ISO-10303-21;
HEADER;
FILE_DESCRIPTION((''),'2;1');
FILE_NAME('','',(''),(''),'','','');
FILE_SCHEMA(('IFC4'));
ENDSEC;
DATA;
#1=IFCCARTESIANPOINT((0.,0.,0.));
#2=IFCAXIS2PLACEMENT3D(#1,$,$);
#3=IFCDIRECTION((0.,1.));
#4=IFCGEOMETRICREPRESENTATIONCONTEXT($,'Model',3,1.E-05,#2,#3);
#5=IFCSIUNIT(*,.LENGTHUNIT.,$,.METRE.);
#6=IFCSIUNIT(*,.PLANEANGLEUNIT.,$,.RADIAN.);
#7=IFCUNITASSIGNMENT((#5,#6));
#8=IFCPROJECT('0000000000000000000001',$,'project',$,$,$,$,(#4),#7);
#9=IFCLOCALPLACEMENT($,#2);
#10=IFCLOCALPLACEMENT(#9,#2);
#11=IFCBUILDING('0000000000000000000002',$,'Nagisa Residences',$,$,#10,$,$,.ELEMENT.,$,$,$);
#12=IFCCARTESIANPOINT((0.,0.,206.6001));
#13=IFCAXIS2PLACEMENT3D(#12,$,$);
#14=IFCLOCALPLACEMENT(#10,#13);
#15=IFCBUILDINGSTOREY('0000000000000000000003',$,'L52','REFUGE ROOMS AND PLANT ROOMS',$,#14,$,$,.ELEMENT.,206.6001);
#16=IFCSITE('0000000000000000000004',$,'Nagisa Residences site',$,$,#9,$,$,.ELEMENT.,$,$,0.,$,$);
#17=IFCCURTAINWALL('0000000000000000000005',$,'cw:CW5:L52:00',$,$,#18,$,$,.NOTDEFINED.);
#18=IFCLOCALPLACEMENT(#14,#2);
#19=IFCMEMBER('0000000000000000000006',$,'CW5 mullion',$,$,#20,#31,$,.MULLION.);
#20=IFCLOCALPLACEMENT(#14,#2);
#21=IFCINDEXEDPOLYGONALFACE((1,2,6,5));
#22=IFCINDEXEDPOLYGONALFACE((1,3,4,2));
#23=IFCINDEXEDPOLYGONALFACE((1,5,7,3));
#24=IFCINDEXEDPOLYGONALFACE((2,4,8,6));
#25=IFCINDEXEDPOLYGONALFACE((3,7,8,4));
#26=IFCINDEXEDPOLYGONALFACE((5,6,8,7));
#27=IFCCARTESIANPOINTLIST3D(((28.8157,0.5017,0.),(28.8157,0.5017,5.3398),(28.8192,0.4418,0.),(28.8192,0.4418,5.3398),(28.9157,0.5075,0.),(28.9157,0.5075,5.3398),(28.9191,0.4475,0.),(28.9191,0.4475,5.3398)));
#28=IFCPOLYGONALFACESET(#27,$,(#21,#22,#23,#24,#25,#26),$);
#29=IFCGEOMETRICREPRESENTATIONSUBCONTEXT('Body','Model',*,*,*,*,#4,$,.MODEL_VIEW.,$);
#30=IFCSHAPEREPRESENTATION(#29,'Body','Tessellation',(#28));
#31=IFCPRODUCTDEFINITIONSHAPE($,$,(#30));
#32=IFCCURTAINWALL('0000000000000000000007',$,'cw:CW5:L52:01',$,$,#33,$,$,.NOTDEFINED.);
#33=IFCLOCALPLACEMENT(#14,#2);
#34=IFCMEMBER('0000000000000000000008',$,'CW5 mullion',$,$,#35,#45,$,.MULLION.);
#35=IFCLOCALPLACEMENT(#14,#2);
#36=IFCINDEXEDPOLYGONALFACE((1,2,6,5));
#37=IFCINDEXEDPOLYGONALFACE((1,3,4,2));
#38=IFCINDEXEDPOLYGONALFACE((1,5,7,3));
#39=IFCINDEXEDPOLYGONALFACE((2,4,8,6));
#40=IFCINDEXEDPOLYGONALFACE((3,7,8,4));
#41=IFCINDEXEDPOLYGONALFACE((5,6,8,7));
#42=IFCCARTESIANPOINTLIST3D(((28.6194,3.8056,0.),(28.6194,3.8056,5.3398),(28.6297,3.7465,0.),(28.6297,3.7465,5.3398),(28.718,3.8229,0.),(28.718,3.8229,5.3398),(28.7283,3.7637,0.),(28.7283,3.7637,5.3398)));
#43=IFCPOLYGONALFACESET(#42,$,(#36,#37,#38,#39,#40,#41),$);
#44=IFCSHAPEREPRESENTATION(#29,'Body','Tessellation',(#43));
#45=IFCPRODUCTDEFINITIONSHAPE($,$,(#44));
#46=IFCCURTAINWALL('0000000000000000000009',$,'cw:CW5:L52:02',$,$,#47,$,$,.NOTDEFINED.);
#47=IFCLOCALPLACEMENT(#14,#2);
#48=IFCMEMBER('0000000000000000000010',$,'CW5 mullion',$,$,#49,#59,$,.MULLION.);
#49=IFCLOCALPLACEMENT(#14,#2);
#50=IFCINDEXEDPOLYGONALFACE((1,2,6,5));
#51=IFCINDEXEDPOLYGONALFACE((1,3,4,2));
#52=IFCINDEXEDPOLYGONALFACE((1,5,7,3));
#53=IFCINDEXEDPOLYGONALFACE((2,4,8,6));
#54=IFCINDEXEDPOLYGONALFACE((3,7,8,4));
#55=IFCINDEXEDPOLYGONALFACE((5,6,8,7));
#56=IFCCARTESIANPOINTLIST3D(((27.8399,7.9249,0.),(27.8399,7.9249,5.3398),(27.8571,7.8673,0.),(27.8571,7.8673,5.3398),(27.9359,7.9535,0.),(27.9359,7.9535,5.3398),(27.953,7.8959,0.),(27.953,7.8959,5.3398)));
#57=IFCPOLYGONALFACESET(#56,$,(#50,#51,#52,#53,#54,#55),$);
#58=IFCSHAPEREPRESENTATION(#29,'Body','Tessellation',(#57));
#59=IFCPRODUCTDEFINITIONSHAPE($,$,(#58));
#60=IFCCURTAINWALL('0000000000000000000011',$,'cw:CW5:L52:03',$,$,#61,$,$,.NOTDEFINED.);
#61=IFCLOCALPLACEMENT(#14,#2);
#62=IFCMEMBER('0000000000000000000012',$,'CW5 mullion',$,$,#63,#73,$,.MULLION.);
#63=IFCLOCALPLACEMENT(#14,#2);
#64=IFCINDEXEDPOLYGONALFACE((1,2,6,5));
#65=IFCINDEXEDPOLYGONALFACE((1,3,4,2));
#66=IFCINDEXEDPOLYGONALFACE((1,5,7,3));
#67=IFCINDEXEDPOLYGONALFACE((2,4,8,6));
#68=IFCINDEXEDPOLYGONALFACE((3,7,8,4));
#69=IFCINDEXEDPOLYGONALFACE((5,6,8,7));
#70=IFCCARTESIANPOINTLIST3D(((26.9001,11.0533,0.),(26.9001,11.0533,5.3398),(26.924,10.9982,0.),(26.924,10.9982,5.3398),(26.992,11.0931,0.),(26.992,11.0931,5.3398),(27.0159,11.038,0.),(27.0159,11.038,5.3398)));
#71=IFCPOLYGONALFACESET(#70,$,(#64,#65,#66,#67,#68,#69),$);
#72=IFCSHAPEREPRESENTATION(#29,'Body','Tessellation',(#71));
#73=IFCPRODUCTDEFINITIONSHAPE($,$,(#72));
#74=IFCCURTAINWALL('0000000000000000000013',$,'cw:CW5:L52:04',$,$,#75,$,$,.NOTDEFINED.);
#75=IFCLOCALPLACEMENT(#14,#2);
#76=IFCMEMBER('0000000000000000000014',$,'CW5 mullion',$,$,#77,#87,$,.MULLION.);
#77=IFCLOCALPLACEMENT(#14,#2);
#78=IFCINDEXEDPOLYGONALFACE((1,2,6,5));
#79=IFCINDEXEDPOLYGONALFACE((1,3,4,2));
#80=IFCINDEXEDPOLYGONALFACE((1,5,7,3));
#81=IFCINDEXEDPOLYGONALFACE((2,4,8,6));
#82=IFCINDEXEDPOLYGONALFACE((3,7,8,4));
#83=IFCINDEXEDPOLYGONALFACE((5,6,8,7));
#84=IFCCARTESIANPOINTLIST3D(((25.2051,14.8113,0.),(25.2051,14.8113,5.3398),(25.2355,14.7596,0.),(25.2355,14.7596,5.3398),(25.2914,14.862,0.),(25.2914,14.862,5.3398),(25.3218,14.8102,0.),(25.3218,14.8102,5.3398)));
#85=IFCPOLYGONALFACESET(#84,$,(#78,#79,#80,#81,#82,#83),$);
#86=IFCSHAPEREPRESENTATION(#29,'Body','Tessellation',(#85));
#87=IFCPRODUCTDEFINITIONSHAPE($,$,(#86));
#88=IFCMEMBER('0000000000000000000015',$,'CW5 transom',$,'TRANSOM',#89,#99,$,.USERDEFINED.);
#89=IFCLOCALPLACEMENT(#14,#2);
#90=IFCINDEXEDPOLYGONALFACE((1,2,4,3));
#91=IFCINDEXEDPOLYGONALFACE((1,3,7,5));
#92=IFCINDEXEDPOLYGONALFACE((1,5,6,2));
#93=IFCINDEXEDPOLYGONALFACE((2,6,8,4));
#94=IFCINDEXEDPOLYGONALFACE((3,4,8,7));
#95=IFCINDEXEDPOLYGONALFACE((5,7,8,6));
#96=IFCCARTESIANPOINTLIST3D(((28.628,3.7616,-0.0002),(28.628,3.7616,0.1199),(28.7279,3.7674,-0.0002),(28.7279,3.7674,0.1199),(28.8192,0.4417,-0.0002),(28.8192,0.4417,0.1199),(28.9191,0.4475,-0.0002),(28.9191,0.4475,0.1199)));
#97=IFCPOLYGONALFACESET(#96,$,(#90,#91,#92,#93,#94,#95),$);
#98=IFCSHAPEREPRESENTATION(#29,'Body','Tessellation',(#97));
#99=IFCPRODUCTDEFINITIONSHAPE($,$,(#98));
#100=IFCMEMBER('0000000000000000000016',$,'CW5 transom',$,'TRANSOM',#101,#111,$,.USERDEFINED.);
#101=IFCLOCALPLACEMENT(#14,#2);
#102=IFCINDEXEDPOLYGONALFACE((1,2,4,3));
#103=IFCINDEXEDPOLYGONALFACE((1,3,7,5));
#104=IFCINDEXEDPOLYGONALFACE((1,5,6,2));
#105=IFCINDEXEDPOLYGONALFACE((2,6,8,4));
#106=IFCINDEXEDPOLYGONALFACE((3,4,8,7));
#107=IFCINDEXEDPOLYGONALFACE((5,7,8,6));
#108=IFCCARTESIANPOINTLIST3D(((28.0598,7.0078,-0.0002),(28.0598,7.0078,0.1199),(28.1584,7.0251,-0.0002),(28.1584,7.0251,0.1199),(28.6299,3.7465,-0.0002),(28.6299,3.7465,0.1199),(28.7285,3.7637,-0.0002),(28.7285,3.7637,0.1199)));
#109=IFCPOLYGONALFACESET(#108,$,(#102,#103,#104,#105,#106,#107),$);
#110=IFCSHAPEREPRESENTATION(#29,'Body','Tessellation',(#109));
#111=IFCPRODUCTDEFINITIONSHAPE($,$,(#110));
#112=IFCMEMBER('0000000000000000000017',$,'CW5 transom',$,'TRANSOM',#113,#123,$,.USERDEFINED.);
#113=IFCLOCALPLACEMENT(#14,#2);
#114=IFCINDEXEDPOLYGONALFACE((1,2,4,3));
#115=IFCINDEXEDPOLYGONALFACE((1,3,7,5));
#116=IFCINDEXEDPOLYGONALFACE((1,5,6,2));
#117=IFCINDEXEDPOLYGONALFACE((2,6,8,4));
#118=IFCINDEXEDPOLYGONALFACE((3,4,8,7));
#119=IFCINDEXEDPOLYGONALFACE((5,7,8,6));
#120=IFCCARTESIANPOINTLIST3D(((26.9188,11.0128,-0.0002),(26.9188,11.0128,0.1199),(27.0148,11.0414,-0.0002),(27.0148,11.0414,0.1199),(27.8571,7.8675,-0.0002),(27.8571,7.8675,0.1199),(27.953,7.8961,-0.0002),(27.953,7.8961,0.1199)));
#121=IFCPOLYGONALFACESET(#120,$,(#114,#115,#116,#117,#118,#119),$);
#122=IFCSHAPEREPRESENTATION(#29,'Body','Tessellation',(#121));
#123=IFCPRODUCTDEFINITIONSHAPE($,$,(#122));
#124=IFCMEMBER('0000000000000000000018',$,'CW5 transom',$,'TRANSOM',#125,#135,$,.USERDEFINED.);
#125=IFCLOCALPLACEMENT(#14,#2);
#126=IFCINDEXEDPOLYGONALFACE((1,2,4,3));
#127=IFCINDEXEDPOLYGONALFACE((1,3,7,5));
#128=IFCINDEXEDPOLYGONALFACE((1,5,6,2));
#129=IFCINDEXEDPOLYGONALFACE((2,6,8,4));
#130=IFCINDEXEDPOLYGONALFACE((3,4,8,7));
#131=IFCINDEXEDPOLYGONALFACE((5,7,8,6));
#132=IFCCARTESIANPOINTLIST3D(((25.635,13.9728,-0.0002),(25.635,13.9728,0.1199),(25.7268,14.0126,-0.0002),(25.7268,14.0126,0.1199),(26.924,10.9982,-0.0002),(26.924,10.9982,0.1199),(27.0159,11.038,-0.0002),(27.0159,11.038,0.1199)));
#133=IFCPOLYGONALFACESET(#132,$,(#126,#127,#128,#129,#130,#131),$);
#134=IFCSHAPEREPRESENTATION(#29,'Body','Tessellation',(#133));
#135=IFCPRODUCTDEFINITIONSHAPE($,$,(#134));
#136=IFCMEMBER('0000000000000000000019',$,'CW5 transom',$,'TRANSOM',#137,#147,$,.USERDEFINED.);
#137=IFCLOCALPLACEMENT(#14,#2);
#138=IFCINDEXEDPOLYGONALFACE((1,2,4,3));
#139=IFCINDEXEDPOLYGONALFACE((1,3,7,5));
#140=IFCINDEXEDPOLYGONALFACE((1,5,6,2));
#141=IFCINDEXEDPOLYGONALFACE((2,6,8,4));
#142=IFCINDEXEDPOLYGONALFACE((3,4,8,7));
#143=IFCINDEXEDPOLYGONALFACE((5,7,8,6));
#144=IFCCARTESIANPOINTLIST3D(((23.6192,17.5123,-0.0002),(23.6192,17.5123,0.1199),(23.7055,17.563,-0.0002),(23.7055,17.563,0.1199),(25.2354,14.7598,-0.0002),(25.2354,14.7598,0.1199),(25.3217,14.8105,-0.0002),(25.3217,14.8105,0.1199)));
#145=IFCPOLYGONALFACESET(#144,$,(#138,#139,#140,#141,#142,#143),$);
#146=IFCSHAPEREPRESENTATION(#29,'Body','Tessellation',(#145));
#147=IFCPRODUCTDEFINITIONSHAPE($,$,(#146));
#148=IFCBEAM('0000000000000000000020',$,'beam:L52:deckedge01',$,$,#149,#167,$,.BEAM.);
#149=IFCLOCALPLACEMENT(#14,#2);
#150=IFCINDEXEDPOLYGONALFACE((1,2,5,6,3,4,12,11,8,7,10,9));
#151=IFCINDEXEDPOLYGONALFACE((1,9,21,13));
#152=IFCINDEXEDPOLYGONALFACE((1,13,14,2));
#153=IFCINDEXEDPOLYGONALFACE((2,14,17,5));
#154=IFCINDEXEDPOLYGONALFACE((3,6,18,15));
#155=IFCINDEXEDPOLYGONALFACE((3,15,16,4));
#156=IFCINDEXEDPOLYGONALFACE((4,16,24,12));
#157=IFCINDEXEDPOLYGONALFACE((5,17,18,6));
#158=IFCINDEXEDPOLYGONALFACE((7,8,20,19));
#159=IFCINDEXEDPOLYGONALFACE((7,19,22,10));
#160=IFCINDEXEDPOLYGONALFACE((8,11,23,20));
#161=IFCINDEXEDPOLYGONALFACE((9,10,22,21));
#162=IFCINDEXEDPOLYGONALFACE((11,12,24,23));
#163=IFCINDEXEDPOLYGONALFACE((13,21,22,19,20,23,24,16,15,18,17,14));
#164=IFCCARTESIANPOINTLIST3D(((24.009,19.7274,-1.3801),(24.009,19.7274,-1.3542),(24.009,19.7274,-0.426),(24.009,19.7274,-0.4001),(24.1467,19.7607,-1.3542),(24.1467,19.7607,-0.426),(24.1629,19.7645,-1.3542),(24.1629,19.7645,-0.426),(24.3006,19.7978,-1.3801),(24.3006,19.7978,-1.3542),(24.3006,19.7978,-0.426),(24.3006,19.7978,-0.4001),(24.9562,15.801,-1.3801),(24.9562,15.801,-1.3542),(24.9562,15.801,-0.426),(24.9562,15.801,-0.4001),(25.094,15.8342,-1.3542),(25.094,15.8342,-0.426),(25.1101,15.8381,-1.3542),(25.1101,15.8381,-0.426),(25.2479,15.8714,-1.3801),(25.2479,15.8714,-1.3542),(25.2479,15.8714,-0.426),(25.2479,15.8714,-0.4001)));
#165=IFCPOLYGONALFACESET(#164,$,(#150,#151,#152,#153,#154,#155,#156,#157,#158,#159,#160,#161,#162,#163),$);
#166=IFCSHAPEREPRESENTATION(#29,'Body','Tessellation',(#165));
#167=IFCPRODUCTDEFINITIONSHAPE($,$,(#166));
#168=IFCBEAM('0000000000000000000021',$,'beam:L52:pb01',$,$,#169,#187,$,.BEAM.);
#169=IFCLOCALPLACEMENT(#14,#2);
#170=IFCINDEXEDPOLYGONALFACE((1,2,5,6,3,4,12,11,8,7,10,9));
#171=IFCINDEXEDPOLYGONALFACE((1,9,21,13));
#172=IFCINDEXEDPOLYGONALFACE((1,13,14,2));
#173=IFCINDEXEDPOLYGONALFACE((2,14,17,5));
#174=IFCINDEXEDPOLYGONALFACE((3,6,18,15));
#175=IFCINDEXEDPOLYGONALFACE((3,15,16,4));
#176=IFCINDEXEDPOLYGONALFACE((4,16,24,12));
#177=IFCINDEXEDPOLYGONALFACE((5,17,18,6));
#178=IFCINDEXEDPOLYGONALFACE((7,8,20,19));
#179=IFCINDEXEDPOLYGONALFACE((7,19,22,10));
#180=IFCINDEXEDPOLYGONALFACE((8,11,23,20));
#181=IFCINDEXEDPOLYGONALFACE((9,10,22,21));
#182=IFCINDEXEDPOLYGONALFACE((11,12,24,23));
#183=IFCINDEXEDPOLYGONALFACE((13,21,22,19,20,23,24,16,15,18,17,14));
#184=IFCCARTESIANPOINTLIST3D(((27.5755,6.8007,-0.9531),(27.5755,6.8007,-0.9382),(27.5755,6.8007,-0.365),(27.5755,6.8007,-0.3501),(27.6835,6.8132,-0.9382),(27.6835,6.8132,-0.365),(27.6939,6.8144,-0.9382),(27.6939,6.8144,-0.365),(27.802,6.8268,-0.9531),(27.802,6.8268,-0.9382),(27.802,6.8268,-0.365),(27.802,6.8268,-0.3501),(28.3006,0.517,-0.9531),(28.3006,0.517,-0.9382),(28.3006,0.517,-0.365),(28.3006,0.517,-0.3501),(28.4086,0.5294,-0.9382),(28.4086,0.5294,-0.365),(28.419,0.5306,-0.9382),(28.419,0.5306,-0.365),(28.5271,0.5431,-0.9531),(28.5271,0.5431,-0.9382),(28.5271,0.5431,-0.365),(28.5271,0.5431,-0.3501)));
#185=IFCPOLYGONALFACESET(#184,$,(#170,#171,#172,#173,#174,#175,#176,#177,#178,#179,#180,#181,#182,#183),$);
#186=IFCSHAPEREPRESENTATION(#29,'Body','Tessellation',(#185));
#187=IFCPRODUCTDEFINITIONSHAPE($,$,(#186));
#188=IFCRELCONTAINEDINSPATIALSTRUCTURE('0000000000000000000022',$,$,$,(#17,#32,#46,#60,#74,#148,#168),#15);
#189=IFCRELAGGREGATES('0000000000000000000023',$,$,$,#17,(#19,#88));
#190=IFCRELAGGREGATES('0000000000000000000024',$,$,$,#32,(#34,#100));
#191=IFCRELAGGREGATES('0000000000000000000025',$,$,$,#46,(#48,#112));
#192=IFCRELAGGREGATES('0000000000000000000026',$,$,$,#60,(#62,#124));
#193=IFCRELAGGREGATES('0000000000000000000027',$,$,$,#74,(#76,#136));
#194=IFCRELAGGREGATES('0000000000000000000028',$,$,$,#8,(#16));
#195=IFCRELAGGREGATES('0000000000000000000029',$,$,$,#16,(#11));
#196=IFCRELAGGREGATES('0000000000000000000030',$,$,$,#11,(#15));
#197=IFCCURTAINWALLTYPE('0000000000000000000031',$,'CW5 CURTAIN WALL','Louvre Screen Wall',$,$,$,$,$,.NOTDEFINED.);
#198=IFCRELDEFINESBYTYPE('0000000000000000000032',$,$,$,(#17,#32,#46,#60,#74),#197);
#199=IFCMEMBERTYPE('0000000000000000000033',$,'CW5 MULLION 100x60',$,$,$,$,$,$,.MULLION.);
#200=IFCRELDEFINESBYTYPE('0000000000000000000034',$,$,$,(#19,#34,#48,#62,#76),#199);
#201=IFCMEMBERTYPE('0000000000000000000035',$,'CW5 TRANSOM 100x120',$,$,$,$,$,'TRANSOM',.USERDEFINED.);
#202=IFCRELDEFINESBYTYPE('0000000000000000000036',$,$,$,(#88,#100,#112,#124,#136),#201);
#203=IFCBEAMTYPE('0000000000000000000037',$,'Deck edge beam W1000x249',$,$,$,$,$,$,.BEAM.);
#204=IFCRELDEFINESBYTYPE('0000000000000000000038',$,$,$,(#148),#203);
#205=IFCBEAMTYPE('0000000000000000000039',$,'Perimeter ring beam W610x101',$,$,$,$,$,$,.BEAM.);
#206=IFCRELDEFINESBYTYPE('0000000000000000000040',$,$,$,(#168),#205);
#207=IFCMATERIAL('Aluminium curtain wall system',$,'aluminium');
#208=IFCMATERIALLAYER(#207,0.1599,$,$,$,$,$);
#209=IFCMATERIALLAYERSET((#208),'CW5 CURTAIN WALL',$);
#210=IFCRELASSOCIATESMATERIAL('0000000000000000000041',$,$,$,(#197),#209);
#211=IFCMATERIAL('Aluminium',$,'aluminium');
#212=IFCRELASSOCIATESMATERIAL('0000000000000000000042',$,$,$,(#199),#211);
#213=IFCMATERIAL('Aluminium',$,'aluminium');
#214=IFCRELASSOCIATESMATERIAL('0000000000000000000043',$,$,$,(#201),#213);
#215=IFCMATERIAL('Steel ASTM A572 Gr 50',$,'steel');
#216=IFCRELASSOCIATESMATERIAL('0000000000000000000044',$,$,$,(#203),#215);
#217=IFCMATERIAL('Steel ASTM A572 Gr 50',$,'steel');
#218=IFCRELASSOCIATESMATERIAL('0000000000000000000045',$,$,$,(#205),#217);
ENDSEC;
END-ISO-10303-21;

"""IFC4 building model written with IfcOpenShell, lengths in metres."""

from ifc_helpers import new_model, si_unit, direction, frame, origin, origin_2d, place, context, subcontext, project, spatial, rectangle, i_section, extrude, material, layer, layer_set, material_profile, profile_set, type_object, element, aggregate, save


model = new_model("IFC4")

# Units and contexts
model_context = context("Model", 3, precision=1e-05, world=origin(), true_north=direction((0.0, 1.0)))
body_context = subcontext(model_context, "Body", "Model", "MODEL_VIEW")
ifc_project = project(units=[si_unit("LENGTHUNIT", "METRE"), si_unit("PLANEANGLEUNIT", "RADIAN")], contexts=[model_context])

# Site, building, storey
site_placement = place(None, origin())
site = spatial("IfcSite", under=ifc_project, at=site_placement, Name="Nagisa Residences site", CompositionType="ELEMENT", RefElevation=0.0)
building_placement = place(site_placement, origin())
building = spatial("IfcBuilding", under=site, at=building_placement, Name="Nagisa Residences", CompositionType="ELEMENT")
storey_placement = place(building_placement, frame((0.0, 0.0, 206.6001)))
storey = spatial("IfcBuildingStorey", under=building, at=storey_placement, Name="L52", Description="REFUGE ROOMS AND PLANT ROOMS", CompositionType="ELEMENT", Elevation=206.6001)

# Curtain walls, members
ifc_material_1 = material(Name="Aluminium curtain wall system", Category="aluminium")
ifc_layer_1 = layer(ifc_material_1, 0.1599)
ifc_layer_set_1 = layer_set([ifc_layer_1], Name="CW5 CURTAIN WALL")
curtain_wall_type = type_object("IfcCurtainWallType", Name="CW5 CURTAIN WALL", Description="Louvre Screen Wall", PredefinedType="NOTDEFINED", material=ifc_layer_set_1)
curtain_wall_1_placement = place(storey_placement, origin())
curtain_wall_1 = element("IfcCurtainWall", 1, at=curtain_wall_1_placement, inside=storey, type_object=curtain_wall_type, Name="cw:CW5:L52:00", PredefinedType="NOTDEFINED")
ifc_material_2 = material(Name="Aluminium", Category="aluminium")
ifc_material_profile_1 = material_profile(ifc_material_2, rectangle(XDim=0.1001, YDim=0.0601, at=origin_2d()), Name="CW5 MULLION 100x60")
ifc_profile_set_1 = profile_set([ifc_material_profile_1], Name="Aluminium")
member_type_1 = type_object("IfcMemberType", Name="CW5 MULLION 100x60", PredefinedType="MULLION", material=ifc_profile_set_1)
member_1_placement = place(storey_placement, frame((28.8674, 0.4746, 0.0), z_axis=(0.0, 0.0, 1.0), x_axis=(-0.998345, -0.057503, 0.0)))
member_1 = element("IfcMember", 2, at=member_1_placement, type_object=member_type_1, Name="CW5 mullion", PredefinedType="MULLION", context=body_context, shape_type="SweptSolid", body=[
    extrude(rectangle(XDim=0.1001, YDim=0.0601, at=origin_2d()), origin(), (0.0, 0.0, 1.0), 5.3398),
])
curtain_wall_2_placement = place(storey_placement, origin())
curtain_wall_2 = element("IfcCurtainWall", 3, at=curtain_wall_2_placement, inside=storey, type_object=curtain_wall_type, Name="cw:CW5:L52:01", PredefinedType="NOTDEFINED")
member_2_placement = place(storey_placement, frame((28.6738, 3.7847, 0.0), z_axis=(0.0, 0.0, 1.0), x_axis=(-0.985064, -0.172191, 0.0)))
member_2 = element("IfcMember", 4, at=member_2_placement, type_object=member_type_1, Name="CW5 mullion", PredefinedType="MULLION", context=body_context, shape_type="SweptSolid", body=[
    extrude(rectangle(XDim=0.1001, YDim=0.0601, at=origin_2d()), origin(), (0.0, 0.0, 1.0), 5.3398),
])
curtain_wall_3_placement = place(storey_placement, origin())
curtain_wall_3 = element("IfcCurtainWall", 5, at=curtain_wall_3_placement, inside=storey, type_object=curtain_wall_type, Name="cw:CW5:L52:02", PredefinedType="NOTDEFINED")
member_3_placement = place(storey_placement, frame((27.8965, 7.9104, 0.0), z_axis=(0.0, 0.0, 1.0), x_axis=(-0.958271, -0.28586, 0.0)))
member_3 = element("IfcMember", 6, at=member_3_placement, type_object=member_type_1, Name="CW5 mullion", PredefinedType="MULLION", context=body_context, shape_type="SweptSolid", body=[
    extrude(rectangle(XDim=0.1001, YDim=0.0601, at=origin_2d()), origin(), (0.0, 0.0, 1.0), 5.3398),
])
curtain_wall_4_placement = place(storey_placement, origin())
curtain_wall_4 = element("IfcCurtainWall", 7, at=curtain_wall_4_placement, inside=storey, type_object=curtain_wall_type, Name="cw:CW5:L52:03", PredefinedType="NOTDEFINED")
member_4_placement = place(storey_placement, frame((26.958, 11.0457, 0.0), z_axis=(0.0, 0.0, 1.0), x_axis=(-0.917543, -0.397636, 0.0)))
member_4 = element("IfcMember", 8, at=member_4_placement, type_object=member_type_1, Name="CW5 mullion", PredefinedType="MULLION", context=body_context, shape_type="SweptSolid", body=[
    extrude(rectangle(XDim=0.1001, YDim=0.0601, at=origin_2d()), origin(), (0.0, 0.0, 1.0), 5.3398),
])
curtain_wall_5_placement = place(storey_placement, origin())
curtain_wall_5 = element("IfcCurtainWall", 9, at=curtain_wall_5_placement, inside=storey, type_object=curtain_wall_type, Name="cw:CW5:L52:04", PredefinedType="NOTDEFINED")
member_5_placement = place(storey_placement, frame((25.2634, 14.8108, 0.0), z_axis=(0.0, 0.0, 1.0), x_axis=(-0.862329, -0.506349, 0.0)))
member_5 = element("IfcMember", 10, at=member_5_placement, type_object=member_type_1, Name="CW5 mullion", PredefinedType="MULLION", context=body_context, shape_type="SweptSolid", body=[
    extrude(rectangle(XDim=0.1001, YDim=0.0601, at=origin_2d()), origin(), (0.0, 0.0, 1.0), 5.3398),
])

# Members
ifc_material_3 = material(Name="Aluminium", Category="aluminium")
ifc_material_profile_2 = material_profile(ifc_material_3, rectangle(XDim=0.1001, YDim=0.1201, at=origin_2d()), Name="CW5 TRANSOM 100x120")
ifc_profile_set_2 = profile_set([ifc_material_profile_2], Name="Aluminium")
member_type_2 = type_object("IfcMemberType", Name="CW5 TRANSOM 100x120", ElementType="TRANSOM", PredefinedType="USERDEFINED", material=ifc_profile_set_2)
member_6_placement = place(storey_placement, frame((28.8691, 0.4446, 0.0598), z_axis=(-0.057487, 0.998346, 0.0), x_axis=(-0.998346, -0.057487, 0.0)))
member_6 = element("IfcMember", 11, at=member_6_placement, type_object=member_type_2, Name="CW5 transom", ObjectType="TRANSOM", PredefinedType="USERDEFINED", context=body_context, shape_type="SweptSolid", body=[
    extrude(rectangle(XDim=0.1001, YDim=0.1201, at=origin_2d()), origin(), (0.0, 0.0, 1.0), 3.3254),
])
member_7_placement = place(storey_placement, frame((28.6792, 3.7551, 0.0598), z_axis=(-0.172191, 0.985064, 0.0), x_axis=(-0.985064, -0.172191, 0.0)))
member_7 = element("IfcMember", 12, at=member_7_placement, type_object=member_type_2, Name="CW5 transom", ObjectType="TRANSOM", PredefinedType="USERDEFINED", context=body_context, shape_type="SweptSolid", body=[
    extrude(rectangle(XDim=0.1001, YDim=0.1201, at=origin_2d()), origin(), (0.0, 0.0, 1.0), 3.3108),
])
member_8_placement = place(storey_placement, frame((27.905, 7.8818, 0.0598), z_axis=(-0.285853, 0.958273, 0.0), x_axis=(-0.958273, -0.285853, 0.0)))
member_8 = element("IfcMember", 13, at=member_8_placement, type_object=member_type_2, Name="CW5 transom", ObjectType="TRANSOM", PredefinedType="USERDEFINED", context=body_context, shape_type="SweptSolid", body=[
    extrude(rectangle(XDim=0.1001, YDim=0.1201, at=origin_2d()), origin(), (0.0, 0.0, 1.0), 3.2822),
])
member_9_placement = place(storey_placement, frame((26.97, 11.0181, 0.0598), z_axis=(-0.397624, 0.917548, 0.0), x_axis=(-0.917548, -0.397624, 0.0)))
member_9 = element("IfcMember", 14, at=member_9_placement, type_object=member_type_2, Name="CW5 transom", ObjectType="TRANSOM", PredefinedType="USERDEFINED", context=body_context, shape_type="SweptSolid", body=[
    extrude(rectangle(XDim=0.1001, YDim=0.1201, at=origin_2d()), origin(), (0.0, 0.0, 1.0), 3.2419),
])
member_10_placement = place(storey_placement, frame((25.2786, 14.7852, 0.0598), z_axis=(-0.506351, 0.862327, 0.0), x_axis=(-0.862327, -0.506351, 0.0)))
member_10 = element("IfcMember", 15, at=member_10_placement, type_object=member_type_2, Name="CW5 transom", ObjectType="TRANSOM", PredefinedType="USERDEFINED", context=body_context, shape_type="SweptSolid", body=[
    extrude(rectangle(XDim=0.1001, YDim=0.1201, at=origin_2d()), origin(), (0.0, 0.0, 1.0), 3.1919),
])

# Beams
ifc_material_4 = material(Name="Steel ASTM A572 Gr 50", Category="steel")
ifc_material_profile_3 = material_profile(ifc_material_4, i_section(OverallWidth=0.3, OverallDepth=0.98, WebThickness=0.0166, FlangeThickness=0.0259, at=origin_2d()), Name="W1000x249")
ifc_profile_set_3 = profile_set([ifc_material_profile_3], Name="Steel ASTM A572 Gr 50")
beam_type_1 = type_object("IfcBeamType", Name="Deck edge beam W1000x249", PredefinedType="BEAM", material=ifc_profile_set_3)
beam_1_placement = place(storey_placement, frame((25.1021, 15.8362, -0.8901), z_axis=(-0.23452, 0.972111, 0.0), x_axis=(-0.972111, -0.23452, 0.0)))
element("IfcBeam", 16, at=beam_1_placement, inside=storey, type_object=beam_type_1, Name="beam:L52:deckedge01", PredefinedType="BEAM", context=body_context, shape_type="SweptSolid", body=[
    extrude(i_section(OverallWidth=0.3, OverallDepth=0.98, WebThickness=0.0166, FlangeThickness=0.0259, at=origin_2d()), origin(), (0.0, 0.0, 1.0), 4.0391),
])
ifc_material_5 = material(Name="Steel ASTM A572 Gr 50", Category="steel")
ifc_material_profile_4 = material_profile(ifc_material_5, i_section(OverallWidth=0.228, OverallDepth=0.603, WebThickness=0.0105, FlangeThickness=0.0149, at=origin_2d()), Name="W610x101")
ifc_profile_set_4 = profile_set([ifc_material_profile_4], Name="Steel ASTM A572 Gr 50")
beam_type_2 = type_object("IfcBeamType", Name="Perimeter ring beam W610x101", PredefinedType="BEAM", material=ifc_profile_set_4)
beam_2_placement = place(storey_placement, frame((28.4138, 0.53, -0.6516), z_axis=(-0.114633, 0.993408, 0.0), x_axis=(-0.993408, -0.114633, 0.0)))
element("IfcBeam", 17, at=beam_2_placement, inside=storey, type_object=beam_type_2, Name="beam:L52:pb01", PredefinedType="BEAM", context=body_context, shape_type="SweptSolid", body=[
    extrude(i_section(OverallWidth=0.228, OverallDepth=0.603, WebThickness=0.0105, FlangeThickness=0.0149, at=origin_2d()), origin(), (0.0, 0.0, 1.0), 6.3254),
])

aggregate(curtain_wall_1, [member_1, member_6])
aggregate(curtain_wall_2, [member_2, member_7])
aggregate(curtain_wall_3, [member_3, member_8])
aggregate(curtain_wall_4, [member_4, member_9])
aggregate(curtain_wall_5, [member_5, member_10])

save(model, "model.ifc")
